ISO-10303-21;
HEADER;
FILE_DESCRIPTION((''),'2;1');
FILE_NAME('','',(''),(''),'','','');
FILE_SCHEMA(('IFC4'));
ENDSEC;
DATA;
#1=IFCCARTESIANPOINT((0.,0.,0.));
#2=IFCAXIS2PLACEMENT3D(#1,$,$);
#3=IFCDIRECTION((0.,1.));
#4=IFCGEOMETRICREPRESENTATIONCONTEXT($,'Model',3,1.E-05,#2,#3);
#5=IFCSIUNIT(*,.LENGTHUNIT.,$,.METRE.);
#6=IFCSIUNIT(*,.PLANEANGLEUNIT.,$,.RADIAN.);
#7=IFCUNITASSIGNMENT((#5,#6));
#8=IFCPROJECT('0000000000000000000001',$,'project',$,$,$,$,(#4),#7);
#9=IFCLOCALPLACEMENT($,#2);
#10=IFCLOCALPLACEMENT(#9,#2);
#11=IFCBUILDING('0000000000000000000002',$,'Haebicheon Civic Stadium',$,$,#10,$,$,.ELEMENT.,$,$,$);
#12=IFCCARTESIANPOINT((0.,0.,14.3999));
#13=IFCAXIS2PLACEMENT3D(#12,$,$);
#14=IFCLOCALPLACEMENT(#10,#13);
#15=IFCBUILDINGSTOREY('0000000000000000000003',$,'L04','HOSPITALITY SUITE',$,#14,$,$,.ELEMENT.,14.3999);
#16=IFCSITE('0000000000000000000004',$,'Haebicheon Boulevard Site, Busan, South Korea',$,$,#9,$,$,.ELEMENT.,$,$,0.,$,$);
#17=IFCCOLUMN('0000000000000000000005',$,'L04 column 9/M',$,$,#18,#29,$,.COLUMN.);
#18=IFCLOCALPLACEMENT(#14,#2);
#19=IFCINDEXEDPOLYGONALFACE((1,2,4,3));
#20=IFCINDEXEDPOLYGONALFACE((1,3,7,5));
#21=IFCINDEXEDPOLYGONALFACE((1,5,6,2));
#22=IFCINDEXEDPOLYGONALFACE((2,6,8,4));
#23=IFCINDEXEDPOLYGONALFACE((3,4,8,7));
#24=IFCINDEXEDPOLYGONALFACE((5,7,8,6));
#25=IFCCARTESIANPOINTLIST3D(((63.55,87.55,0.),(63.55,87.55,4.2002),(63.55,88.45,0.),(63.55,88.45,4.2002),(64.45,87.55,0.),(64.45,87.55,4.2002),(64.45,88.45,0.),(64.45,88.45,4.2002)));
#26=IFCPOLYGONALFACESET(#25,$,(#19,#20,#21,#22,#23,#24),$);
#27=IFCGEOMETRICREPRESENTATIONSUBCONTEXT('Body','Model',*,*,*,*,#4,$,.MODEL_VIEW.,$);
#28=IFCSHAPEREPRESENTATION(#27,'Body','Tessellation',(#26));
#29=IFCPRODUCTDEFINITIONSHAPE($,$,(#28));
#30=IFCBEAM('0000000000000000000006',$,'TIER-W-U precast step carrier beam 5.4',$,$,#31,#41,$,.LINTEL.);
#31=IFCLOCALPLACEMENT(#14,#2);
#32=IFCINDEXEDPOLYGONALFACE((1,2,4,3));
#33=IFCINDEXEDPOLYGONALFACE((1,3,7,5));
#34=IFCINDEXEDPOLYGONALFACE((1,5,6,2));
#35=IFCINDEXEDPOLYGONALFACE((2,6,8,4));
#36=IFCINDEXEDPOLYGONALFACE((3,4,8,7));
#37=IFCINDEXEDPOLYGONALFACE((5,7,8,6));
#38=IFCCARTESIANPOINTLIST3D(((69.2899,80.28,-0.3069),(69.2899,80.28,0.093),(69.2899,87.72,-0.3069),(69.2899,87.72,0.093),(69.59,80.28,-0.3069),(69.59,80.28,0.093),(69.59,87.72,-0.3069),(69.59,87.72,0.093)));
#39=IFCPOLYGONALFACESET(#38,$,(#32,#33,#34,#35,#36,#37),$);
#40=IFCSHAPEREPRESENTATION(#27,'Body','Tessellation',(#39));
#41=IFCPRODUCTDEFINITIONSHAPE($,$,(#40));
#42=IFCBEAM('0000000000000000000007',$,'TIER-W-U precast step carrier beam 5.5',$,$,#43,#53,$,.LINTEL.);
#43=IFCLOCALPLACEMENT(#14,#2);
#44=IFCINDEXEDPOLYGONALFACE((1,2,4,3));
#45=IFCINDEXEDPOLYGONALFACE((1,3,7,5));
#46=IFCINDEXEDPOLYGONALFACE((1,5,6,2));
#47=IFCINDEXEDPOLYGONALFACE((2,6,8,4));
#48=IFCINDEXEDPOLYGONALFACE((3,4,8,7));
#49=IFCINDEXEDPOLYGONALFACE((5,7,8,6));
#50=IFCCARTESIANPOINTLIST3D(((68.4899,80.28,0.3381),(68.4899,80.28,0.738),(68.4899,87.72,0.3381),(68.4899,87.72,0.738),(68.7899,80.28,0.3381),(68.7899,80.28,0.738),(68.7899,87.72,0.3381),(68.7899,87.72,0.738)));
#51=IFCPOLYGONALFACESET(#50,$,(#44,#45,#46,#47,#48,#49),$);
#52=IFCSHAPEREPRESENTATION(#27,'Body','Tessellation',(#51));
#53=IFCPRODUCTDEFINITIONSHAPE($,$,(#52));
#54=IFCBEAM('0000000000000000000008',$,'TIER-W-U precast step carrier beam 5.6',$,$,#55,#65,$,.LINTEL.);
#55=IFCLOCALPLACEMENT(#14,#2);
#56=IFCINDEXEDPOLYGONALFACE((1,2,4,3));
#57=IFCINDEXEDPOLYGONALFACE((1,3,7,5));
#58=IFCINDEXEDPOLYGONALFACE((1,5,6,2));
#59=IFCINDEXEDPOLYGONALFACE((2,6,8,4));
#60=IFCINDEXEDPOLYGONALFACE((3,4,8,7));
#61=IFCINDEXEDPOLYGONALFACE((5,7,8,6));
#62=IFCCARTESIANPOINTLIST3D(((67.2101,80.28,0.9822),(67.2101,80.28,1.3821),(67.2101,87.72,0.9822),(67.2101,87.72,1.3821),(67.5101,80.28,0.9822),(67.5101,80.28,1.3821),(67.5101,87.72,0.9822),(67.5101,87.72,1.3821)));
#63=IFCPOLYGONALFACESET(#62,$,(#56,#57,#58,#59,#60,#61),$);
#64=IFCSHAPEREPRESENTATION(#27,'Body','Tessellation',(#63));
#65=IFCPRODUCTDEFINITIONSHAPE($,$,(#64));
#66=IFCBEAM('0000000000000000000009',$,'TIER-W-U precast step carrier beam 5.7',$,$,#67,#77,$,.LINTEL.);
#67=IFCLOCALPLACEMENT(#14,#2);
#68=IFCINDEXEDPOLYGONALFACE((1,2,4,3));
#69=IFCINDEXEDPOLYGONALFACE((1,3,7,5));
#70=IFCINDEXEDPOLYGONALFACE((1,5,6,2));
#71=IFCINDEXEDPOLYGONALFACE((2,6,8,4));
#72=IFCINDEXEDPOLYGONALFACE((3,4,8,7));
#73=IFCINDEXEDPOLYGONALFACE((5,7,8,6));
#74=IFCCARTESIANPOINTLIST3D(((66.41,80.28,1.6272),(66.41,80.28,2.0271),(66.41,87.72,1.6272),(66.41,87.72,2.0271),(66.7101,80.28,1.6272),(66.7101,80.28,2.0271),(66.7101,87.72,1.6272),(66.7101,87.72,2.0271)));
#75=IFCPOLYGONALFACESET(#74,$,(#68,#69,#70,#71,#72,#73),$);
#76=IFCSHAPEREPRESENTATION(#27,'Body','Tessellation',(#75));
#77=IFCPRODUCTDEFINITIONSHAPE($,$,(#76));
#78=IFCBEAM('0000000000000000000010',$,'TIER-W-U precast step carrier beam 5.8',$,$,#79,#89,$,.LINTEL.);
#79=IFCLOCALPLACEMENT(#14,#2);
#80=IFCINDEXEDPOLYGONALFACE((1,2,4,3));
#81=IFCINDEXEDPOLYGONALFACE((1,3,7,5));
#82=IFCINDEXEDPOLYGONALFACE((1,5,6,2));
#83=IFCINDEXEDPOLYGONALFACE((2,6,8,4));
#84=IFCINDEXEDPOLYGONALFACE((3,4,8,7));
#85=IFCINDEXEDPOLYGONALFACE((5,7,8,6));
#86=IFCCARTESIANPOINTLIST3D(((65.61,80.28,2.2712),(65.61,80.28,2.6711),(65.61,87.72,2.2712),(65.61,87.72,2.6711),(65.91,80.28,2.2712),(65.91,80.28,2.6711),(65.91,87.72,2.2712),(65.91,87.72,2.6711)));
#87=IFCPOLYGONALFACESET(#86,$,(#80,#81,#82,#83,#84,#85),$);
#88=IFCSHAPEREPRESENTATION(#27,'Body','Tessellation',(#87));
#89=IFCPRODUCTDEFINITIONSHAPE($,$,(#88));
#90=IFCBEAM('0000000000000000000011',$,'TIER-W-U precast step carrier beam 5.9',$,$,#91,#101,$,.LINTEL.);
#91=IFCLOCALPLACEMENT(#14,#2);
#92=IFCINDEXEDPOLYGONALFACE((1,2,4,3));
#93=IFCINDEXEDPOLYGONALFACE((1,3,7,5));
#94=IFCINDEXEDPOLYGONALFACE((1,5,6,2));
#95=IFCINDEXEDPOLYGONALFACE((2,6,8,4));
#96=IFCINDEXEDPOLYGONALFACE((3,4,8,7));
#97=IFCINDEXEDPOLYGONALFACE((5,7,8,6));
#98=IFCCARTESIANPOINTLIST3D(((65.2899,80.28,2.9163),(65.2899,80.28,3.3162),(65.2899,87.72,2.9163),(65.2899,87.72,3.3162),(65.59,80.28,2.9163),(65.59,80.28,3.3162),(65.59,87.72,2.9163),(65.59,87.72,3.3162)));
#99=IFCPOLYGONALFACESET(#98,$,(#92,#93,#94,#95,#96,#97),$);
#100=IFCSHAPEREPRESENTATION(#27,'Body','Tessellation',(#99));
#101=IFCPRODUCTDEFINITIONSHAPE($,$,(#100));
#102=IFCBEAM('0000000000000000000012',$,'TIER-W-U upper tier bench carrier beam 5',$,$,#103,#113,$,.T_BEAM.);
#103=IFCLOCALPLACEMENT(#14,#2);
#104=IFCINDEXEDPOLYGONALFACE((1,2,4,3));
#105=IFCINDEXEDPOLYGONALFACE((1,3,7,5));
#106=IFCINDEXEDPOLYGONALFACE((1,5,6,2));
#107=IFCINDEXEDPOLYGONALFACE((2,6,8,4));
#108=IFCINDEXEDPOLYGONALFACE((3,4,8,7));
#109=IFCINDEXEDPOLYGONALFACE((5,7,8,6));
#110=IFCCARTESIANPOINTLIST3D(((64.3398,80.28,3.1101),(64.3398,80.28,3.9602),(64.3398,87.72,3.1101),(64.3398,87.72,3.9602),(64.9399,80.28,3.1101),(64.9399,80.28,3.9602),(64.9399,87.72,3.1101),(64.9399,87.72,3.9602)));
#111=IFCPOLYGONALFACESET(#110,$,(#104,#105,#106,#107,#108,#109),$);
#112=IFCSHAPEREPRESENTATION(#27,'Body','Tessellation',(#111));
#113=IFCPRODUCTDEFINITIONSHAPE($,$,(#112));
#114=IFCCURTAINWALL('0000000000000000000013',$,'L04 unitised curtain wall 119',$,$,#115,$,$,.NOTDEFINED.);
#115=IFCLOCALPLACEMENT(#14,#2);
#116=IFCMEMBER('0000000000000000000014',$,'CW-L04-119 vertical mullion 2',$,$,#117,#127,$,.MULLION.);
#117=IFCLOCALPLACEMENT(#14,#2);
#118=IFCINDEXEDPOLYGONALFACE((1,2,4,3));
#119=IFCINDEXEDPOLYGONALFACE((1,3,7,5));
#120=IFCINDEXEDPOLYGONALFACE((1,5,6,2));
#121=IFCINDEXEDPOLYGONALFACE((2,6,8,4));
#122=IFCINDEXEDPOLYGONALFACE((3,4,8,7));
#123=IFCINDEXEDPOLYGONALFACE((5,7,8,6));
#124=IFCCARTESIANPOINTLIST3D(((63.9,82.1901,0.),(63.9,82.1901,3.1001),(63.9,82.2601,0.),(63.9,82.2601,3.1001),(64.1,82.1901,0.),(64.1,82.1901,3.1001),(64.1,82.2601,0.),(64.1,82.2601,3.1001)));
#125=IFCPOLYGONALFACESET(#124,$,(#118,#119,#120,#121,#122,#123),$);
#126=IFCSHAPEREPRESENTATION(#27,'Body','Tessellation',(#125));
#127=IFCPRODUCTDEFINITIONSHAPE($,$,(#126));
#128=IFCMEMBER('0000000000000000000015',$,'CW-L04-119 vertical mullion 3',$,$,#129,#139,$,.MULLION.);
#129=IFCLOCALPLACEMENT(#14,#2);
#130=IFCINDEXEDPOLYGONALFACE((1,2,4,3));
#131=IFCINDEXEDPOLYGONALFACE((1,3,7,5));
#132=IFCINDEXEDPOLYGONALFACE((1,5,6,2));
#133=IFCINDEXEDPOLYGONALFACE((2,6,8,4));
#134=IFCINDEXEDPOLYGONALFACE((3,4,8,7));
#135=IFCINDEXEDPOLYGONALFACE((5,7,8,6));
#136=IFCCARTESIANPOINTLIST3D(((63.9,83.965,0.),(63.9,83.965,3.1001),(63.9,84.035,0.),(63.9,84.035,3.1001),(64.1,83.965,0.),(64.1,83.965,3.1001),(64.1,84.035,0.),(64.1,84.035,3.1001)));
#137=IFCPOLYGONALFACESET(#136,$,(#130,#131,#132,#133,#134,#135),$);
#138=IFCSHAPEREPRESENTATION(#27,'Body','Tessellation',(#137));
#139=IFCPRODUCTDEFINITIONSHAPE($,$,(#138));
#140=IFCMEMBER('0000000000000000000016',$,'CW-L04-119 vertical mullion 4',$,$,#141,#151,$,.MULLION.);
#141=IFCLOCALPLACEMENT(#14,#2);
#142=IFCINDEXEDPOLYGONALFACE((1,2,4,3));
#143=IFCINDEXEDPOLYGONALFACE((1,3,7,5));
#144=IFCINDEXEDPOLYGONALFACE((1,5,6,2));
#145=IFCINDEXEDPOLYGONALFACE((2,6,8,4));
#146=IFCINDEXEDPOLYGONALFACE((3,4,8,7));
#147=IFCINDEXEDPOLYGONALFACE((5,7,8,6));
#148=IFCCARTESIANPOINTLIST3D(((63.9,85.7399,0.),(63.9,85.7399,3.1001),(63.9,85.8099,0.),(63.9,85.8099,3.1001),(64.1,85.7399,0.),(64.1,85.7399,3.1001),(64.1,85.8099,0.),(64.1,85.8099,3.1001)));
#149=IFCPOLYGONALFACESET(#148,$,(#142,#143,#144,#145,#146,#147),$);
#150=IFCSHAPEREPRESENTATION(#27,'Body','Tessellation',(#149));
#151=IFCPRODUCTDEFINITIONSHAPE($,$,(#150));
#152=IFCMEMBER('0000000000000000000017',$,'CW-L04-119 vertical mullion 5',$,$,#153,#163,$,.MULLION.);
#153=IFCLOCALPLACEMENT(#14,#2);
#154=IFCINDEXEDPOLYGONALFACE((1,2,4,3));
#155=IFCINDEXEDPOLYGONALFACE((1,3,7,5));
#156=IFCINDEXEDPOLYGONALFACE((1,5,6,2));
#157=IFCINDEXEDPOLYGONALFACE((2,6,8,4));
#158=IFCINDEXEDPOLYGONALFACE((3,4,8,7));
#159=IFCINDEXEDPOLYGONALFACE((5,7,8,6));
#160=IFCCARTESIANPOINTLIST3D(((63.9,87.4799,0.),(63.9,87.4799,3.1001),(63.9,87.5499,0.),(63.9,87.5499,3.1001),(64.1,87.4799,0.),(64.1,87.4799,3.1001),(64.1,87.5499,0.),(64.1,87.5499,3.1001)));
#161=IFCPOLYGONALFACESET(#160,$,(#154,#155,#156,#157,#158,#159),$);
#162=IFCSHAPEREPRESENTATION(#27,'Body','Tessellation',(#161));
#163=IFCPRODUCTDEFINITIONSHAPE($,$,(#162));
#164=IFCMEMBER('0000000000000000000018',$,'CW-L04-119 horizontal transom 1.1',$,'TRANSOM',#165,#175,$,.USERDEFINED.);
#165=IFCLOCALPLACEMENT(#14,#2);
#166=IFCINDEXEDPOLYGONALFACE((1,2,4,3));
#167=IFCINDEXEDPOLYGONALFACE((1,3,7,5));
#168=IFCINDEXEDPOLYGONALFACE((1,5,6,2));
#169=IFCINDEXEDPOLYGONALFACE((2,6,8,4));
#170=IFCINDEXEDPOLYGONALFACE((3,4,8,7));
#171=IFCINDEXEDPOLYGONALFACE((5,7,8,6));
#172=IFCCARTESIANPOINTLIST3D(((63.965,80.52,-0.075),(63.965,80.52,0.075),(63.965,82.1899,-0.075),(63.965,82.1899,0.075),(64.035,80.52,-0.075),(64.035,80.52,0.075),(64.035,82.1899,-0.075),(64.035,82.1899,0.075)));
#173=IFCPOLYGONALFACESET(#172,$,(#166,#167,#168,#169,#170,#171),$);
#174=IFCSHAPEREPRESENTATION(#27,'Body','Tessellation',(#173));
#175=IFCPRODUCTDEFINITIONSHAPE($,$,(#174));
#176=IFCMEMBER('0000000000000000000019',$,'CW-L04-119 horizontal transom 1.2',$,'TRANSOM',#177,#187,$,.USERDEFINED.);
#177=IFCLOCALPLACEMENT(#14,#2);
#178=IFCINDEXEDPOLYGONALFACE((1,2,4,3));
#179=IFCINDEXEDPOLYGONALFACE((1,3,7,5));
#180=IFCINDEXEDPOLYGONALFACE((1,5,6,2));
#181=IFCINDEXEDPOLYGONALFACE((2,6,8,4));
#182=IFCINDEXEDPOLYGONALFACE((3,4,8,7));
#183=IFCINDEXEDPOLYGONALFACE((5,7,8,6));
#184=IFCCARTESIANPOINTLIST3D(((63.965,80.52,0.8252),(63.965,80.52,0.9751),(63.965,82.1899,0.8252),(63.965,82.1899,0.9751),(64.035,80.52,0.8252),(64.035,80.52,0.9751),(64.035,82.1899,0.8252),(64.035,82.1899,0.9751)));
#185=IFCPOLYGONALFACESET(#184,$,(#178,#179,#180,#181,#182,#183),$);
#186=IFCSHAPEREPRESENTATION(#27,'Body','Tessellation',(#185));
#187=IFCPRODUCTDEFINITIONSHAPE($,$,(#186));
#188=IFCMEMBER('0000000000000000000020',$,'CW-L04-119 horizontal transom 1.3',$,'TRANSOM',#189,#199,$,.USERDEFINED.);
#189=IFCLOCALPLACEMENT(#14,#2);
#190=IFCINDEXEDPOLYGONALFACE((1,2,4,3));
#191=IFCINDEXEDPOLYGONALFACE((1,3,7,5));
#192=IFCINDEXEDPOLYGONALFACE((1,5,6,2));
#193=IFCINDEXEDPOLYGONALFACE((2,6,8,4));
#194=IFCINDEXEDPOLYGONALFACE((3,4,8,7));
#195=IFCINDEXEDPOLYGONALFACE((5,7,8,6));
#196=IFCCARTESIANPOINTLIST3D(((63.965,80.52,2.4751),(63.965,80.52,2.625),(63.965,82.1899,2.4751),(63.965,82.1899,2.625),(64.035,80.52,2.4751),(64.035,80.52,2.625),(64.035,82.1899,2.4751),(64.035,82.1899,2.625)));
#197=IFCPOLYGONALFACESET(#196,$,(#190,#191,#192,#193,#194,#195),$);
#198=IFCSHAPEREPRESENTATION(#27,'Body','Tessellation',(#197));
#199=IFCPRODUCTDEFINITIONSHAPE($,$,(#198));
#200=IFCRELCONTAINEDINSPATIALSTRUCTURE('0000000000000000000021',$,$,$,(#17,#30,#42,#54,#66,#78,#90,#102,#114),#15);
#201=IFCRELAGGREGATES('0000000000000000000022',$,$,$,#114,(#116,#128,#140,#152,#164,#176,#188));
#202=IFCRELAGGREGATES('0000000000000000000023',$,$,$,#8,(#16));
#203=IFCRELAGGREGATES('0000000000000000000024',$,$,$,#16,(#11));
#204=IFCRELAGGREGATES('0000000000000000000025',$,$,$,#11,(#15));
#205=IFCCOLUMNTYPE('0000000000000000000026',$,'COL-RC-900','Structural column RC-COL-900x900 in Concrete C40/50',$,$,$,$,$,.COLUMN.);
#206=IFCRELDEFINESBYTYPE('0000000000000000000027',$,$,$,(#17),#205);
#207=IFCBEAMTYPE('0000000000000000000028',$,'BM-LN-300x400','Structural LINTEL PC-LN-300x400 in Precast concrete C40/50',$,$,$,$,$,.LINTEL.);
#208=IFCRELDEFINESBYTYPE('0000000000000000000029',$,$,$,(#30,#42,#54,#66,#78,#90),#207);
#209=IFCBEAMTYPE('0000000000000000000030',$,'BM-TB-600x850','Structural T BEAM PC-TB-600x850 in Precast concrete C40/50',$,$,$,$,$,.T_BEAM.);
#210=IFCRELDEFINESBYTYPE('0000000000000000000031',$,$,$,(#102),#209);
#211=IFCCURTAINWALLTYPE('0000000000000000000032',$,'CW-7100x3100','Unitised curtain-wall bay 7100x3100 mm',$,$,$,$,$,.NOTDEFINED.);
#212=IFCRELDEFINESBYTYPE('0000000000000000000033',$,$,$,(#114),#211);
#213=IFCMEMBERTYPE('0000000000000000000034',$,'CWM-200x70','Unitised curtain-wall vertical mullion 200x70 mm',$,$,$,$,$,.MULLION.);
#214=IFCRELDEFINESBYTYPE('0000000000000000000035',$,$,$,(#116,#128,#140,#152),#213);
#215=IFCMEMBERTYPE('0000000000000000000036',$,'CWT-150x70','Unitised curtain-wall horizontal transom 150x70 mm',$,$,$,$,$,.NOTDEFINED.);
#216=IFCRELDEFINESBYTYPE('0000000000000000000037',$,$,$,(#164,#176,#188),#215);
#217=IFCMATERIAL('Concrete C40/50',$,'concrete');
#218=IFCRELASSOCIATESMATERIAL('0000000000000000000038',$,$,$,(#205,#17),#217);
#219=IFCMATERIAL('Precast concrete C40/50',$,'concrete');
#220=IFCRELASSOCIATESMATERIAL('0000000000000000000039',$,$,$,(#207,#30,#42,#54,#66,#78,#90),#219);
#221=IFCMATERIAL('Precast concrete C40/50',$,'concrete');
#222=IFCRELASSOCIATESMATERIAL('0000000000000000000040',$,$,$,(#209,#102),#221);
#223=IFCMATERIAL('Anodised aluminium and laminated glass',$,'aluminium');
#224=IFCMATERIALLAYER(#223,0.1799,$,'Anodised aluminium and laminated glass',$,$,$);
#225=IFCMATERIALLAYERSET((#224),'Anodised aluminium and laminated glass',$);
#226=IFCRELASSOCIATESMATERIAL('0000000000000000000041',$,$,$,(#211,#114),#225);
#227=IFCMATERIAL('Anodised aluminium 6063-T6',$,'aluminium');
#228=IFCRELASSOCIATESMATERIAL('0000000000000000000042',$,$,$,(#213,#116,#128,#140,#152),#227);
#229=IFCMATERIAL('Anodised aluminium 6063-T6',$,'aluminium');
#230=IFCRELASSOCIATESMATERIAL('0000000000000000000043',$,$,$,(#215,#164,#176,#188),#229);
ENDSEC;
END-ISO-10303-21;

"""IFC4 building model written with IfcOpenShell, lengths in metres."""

from ifc_helpers import new_model, si_unit, direction, frame, origin, origin_2d, place, context, subcontext, project, spatial, rectangle, extrude, material, layer, layer_set, material_profile, profile_set, type_object, element, aggregate, save


model = new_model("IFC4")

# Units and contexts
model_context = context("Model", 3, precision=1e-05, world=origin(), true_north=direction((0.0, 1.0)))
body_context = subcontext(model_context, "Body", "Model", "MODEL_VIEW")
ifc_project = project(units=[si_unit("LENGTHUNIT", "METRE"), si_unit("PLANEANGLEUNIT", "RADIAN")], contexts=[model_context])

# Site, building, storey
site_placement = place(None, origin())
site = spatial("IfcSite", under=ifc_project, at=site_placement, Name="Haebicheon Boulevard Site, Busan, South Korea", CompositionType="ELEMENT", RefElevation=0.0)
building_placement = place(site_placement, origin())
building = spatial("IfcBuilding", under=site, at=building_placement, Name="Haebicheon Civic Stadium", CompositionType="ELEMENT")
storey_placement = place(building_placement, frame((0.0, 0.0, 14.3999)))
storey = spatial("IfcBuildingStorey", under=building, at=storey_placement, Name="L04", Description="HOSPITALITY SUITE", CompositionType="ELEMENT", Elevation=14.3999)

# Column
ifc_material_1 = material(Name="Concrete C40/50", Category="concrete")
ifc_material_profile_1 = material_profile(ifc_material_1, rectangle(XDim=0.8999, YDim=0.8999, at=origin_2d()), Name="RC-COL-900x900")
ifc_profile_set_1 = profile_set([ifc_material_profile_1], Name="Concrete C40/50")
column_type = type_object("IfcColumnType", Name="COL-RC-900", Description="Structural column RC-COL-900x900 in Concrete C40/50", PredefinedType="COLUMN", material=ifc_profile_set_1)
column_placement = place(storey_placement, frame((64.0, 88.0, 0.0), z_axis=(0.0, 0.0, 1.0), x_axis=(1.0, 0.0, 0.0)))
element("IfcColumn", 1, at=column_placement, inside=storey, type_object=column_type, material=ifc_profile_set_1, Name="L04 column 9/M", PredefinedType="COLUMN", context=body_context, shape_type="SweptSolid", body=[
    extrude(rectangle(XDim=0.8999, YDim=0.8999, at=origin_2d()), origin(), (0.0, 0.0, 1.0), 4.2002),
])

# Beams
ifc_material_2 = material(Name="Precast concrete C40/50", Category="concrete")
ifc_material_profile_2 = material_profile(ifc_material_2, rectangle(XDim=0.3, YDim=0.3999, at=origin_2d()), Name="PC-LN-300x400")
ifc_profile_set_2 = profile_set([ifc_material_profile_2], Name="Precast concrete C40/50")
beam_type_1 = type_object("IfcBeamType", Name="BM-LN-300x400", Description="Structural LINTEL PC-LN-300x400 in Precast concrete C40/50", PredefinedType="LINTEL", material=ifc_profile_set_2)
for number, where, z_axis, x_axis, name in (
    (2, (69.4399, 80.28, -0.1069), (0.0, 1.0, 0.0), (-1.0, 0.0, 0.0), "TIER-W-U precast step carrier beam 5.4"),
    (3, (68.6399, 80.28, 0.5381), (0.0, 1.0, 0.0), (-1.0, 0.0, 0.0), "TIER-W-U precast step carrier beam 5.5"),
    (4, (67.3601, 80.28, 1.1821), (0.0, 1.0, 0.0), (-1.0, 0.0, 0.0), "TIER-W-U precast step carrier beam 5.6"),
    (5, (66.5601, 80.28, 1.8271), (0.0, 1.0, 0.0), (-1.0, 0.0, 0.0), "TIER-W-U precast step carrier beam 5.7"),
    (6, (65.76, 80.28, 2.4712), (0.0, 1.0, 0.0), (-1.0, 0.0, 0.0), "TIER-W-U precast step carrier beam 5.8"),
    (7, (65.4399, 80.28, 3.1162), (0.0, 1.0, 0.0), (-1.0, 0.0, 0.0), "TIER-W-U precast step carrier beam 5.9"),
):
    element("IfcBeam", number, at=place(storey_placement, frame(where, z_axis=z_axis, x_axis=x_axis)), inside=storey, type_object=beam_type_1, material=ifc_profile_set_2, Name=name, PredefinedType="LINTEL", context=body_context, shape_type="SweptSolid", body=[
        extrude(rectangle(XDim=0.3, YDim=0.3999, at=origin_2d()), origin(), (0.0, 0.0, 1.0), 7.4399),
    ])
ifc_material_3 = material(Name="Precast concrete C40/50", Category="concrete")
ifc_material_profile_3 = material_profile(ifc_material_3, rectangle(XDim=0.6001, YDim=0.8501, at=origin_2d()), Name="PC-TB-600x850")
ifc_profile_set_3 = profile_set([ifc_material_profile_3], Name="Precast concrete C40/50")
beam_type_2 = type_object("IfcBeamType", Name="BM-TB-600x850", Description="Structural T BEAM PC-TB-600x850 in Precast concrete C40/50", PredefinedType="T_BEAM", material=ifc_profile_set_3)
beam_placement = place(storey_placement, frame((64.6399, 80.28, 3.5352), z_axis=(0.0, 1.0, 0.0), x_axis=(-1.0, 0.0, 0.0)))
element("IfcBeam", 8, at=beam_placement, inside=storey, type_object=beam_type_2, material=ifc_profile_set_3, Name="TIER-W-U upper tier bench carrier beam 5", PredefinedType="T_BEAM", context=body_context, shape_type="SweptSolid", body=[
    extrude(rectangle(XDim=0.6001, YDim=0.8501, at=origin_2d()), origin(), (0.0, 0.0, 1.0), 7.4399),
])

# Curtain wall, members
ifc_material_4 = material(Name="Anodised aluminium and laminated glass", Category="aluminium")
ifc_layer_1 = layer(ifc_material_4, 0.1799, Name="Anodised aluminium and laminated glass")
ifc_layer_set_1 = layer_set([ifc_layer_1], Name="Anodised aluminium and laminated glass")
curtain_wall_type = type_object("IfcCurtainWallType", Name="CW-7100x3100", Description="Unitised curtain-wall bay 7100x3100 mm", PredefinedType="NOTDEFINED", material=ifc_layer_set_1)
curtain_wall_placement = place(storey_placement, origin())
curtain_wall = element("IfcCurtainWall", 9, at=curtain_wall_placement, inside=storey, type_object=curtain_wall_type, material=ifc_layer_set_1, Name="L04 unitised curtain wall 119", PredefinedType="NOTDEFINED")
ifc_material_5 = material(Name="Anodised aluminium 6063-T6", Category="aluminium")
ifc_material_profile_4 = material_profile(ifc_material_5, rectangle(XDim=0.0701, YDim=0.2, at=origin_2d()), Name="ALU-MULL-70x200")
ifc_profile_set_4 = profile_set([ifc_material_profile_4], Name="Anodised aluminium 6063-T6")
member_type_1 = type_object("IfcMemberType", Name="CWM-200x70", Description="Unitised curtain-wall vertical mullion 200x70 mm", PredefinedType="MULLION", material=ifc_profile_set_4)
member_1_placement = place(storey_placement, frame((64.0, 82.2251, 0.0), z_axis=(0.0, 0.0, 1.0), x_axis=(0.0, 1.0, 0.0)))
member_1 = element("IfcMember", 10, at=member_1_placement, type_object=member_type_1, material=ifc_profile_set_4, Name="CW-L04-119 vertical mullion 2", PredefinedType="MULLION", context=body_context, shape_type="SweptSolid", body=[
    extrude(rectangle(XDim=0.0701, YDim=0.2, at=origin_2d()), origin(), (0.0, 0.0, 1.0), 3.1001),
])
member_2_placement = place(storey_placement, frame((64.0, 84.0, 0.0), z_axis=(0.0, 0.0, 1.0), x_axis=(0.0, 1.0, 0.0)))
member_2 = element("IfcMember", 11, at=member_2_placement, type_object=member_type_1, material=ifc_profile_set_4, Name="CW-L04-119 vertical mullion 3", PredefinedType="MULLION", context=body_context, shape_type="SweptSolid", body=[
    extrude(rectangle(XDim=0.0701, YDim=0.2, at=origin_2d()), origin(), (0.0, 0.0, 1.0), 3.1001),
])
member_3_placement = place(storey_placement, frame((64.0, 85.7749, 0.0), z_axis=(0.0, 0.0, 1.0), x_axis=(0.0, 1.0, 0.0)))
member_3 = element("IfcMember", 12, at=member_3_placement, type_object=member_type_1, material=ifc_profile_set_4, Name="CW-L04-119 vertical mullion 4", PredefinedType="MULLION", context=body_context, shape_type="SweptSolid", body=[
    extrude(rectangle(XDim=0.0701, YDim=0.2, at=origin_2d()), origin(), (0.0, 0.0, 1.0), 3.1001),
])
member_4_placement = place(storey_placement, frame((64.0, 87.5149, 0.0), z_axis=(0.0, 0.0, 1.0), x_axis=(0.0, 1.0, 0.0)))
member_4 = element("IfcMember", 13, at=member_4_placement, type_object=member_type_1, material=ifc_profile_set_4, Name="CW-L04-119 vertical mullion 5", PredefinedType="MULLION", context=body_context, shape_type="SweptSolid", body=[
    extrude(rectangle(XDim=0.0701, YDim=0.2, at=origin_2d()), origin(), (0.0, 0.0, 1.0), 3.1001),
])
ifc_material_6 = material(Name="Anodised aluminium 6063-T6", Category="aluminium")
ifc_material_profile_5 = material_profile(ifc_material_6, rectangle(XDim=0.0701, YDim=0.1499, at=origin_2d()), Name="ALU-TRAN-70x150")
ifc_profile_set_5 = profile_set([ifc_material_profile_5], Name="Anodised aluminium 6063-T6")
member_type_2 = type_object("IfcMemberType", Name="CWT-150x70", Description="Unitised curtain-wall horizontal transom 150x70 mm", PredefinedType="NOTDEFINED", material=ifc_profile_set_5)
member_5_placement = place(storey_placement, frame((64.0, 80.52, 0.0), z_axis=(0.0, 1.0, 0.0), x_axis=(-1.0, 0.0, 0.0)))
member_5 = element("IfcMember", 14, at=member_5_placement, type_object=member_type_2, material=ifc_profile_set_5, Name="CW-L04-119 horizontal transom 1.1", ObjectType="TRANSOM", PredefinedType="USERDEFINED", context=body_context, shape_type="SweptSolid", body=[
    extrude(rectangle(XDim=0.0701, YDim=0.1499, at=origin_2d()), origin(), (0.0, 0.0, 1.0), 1.6699),
])
member_6_placement = place(storey_placement, frame((64.0, 80.52, 0.9001), z_axis=(0.0, 1.0, 0.0), x_axis=(-1.0, 0.0, 0.0)))
member_6 = element("IfcMember", 15, at=member_6_placement, type_object=member_type_2, material=ifc_profile_set_5, Name="CW-L04-119 horizontal transom 1.2", ObjectType="TRANSOM", PredefinedType="USERDEFINED", context=body_context, shape_type="SweptSolid", body=[
    extrude(rectangle(XDim=0.0701, YDim=0.1499, at=origin_2d()), origin(), (0.0, 0.0, 1.0), 1.6699),
])
member_7_placement = place(storey_placement, frame((64.0, 80.52, 2.55), z_axis=(0.0, 1.0, 0.0), x_axis=(-1.0, 0.0, 0.0)))
member_7 = element("IfcMember", 16, at=member_7_placement, type_object=member_type_2, material=ifc_profile_set_5, Name="CW-L04-119 horizontal transom 1.3", ObjectType="TRANSOM", PredefinedType="USERDEFINED", context=body_context, shape_type="SweptSolid", body=[
    extrude(rectangle(XDim=0.0701, YDim=0.1499, at=origin_2d()), origin(), (0.0, 0.0, 1.0), 1.6699),
])
aggregate(curtain_wall, [member_1, member_2, member_3, member_4, member_5, member_6, member_7])

save(model, "model.ifc")
